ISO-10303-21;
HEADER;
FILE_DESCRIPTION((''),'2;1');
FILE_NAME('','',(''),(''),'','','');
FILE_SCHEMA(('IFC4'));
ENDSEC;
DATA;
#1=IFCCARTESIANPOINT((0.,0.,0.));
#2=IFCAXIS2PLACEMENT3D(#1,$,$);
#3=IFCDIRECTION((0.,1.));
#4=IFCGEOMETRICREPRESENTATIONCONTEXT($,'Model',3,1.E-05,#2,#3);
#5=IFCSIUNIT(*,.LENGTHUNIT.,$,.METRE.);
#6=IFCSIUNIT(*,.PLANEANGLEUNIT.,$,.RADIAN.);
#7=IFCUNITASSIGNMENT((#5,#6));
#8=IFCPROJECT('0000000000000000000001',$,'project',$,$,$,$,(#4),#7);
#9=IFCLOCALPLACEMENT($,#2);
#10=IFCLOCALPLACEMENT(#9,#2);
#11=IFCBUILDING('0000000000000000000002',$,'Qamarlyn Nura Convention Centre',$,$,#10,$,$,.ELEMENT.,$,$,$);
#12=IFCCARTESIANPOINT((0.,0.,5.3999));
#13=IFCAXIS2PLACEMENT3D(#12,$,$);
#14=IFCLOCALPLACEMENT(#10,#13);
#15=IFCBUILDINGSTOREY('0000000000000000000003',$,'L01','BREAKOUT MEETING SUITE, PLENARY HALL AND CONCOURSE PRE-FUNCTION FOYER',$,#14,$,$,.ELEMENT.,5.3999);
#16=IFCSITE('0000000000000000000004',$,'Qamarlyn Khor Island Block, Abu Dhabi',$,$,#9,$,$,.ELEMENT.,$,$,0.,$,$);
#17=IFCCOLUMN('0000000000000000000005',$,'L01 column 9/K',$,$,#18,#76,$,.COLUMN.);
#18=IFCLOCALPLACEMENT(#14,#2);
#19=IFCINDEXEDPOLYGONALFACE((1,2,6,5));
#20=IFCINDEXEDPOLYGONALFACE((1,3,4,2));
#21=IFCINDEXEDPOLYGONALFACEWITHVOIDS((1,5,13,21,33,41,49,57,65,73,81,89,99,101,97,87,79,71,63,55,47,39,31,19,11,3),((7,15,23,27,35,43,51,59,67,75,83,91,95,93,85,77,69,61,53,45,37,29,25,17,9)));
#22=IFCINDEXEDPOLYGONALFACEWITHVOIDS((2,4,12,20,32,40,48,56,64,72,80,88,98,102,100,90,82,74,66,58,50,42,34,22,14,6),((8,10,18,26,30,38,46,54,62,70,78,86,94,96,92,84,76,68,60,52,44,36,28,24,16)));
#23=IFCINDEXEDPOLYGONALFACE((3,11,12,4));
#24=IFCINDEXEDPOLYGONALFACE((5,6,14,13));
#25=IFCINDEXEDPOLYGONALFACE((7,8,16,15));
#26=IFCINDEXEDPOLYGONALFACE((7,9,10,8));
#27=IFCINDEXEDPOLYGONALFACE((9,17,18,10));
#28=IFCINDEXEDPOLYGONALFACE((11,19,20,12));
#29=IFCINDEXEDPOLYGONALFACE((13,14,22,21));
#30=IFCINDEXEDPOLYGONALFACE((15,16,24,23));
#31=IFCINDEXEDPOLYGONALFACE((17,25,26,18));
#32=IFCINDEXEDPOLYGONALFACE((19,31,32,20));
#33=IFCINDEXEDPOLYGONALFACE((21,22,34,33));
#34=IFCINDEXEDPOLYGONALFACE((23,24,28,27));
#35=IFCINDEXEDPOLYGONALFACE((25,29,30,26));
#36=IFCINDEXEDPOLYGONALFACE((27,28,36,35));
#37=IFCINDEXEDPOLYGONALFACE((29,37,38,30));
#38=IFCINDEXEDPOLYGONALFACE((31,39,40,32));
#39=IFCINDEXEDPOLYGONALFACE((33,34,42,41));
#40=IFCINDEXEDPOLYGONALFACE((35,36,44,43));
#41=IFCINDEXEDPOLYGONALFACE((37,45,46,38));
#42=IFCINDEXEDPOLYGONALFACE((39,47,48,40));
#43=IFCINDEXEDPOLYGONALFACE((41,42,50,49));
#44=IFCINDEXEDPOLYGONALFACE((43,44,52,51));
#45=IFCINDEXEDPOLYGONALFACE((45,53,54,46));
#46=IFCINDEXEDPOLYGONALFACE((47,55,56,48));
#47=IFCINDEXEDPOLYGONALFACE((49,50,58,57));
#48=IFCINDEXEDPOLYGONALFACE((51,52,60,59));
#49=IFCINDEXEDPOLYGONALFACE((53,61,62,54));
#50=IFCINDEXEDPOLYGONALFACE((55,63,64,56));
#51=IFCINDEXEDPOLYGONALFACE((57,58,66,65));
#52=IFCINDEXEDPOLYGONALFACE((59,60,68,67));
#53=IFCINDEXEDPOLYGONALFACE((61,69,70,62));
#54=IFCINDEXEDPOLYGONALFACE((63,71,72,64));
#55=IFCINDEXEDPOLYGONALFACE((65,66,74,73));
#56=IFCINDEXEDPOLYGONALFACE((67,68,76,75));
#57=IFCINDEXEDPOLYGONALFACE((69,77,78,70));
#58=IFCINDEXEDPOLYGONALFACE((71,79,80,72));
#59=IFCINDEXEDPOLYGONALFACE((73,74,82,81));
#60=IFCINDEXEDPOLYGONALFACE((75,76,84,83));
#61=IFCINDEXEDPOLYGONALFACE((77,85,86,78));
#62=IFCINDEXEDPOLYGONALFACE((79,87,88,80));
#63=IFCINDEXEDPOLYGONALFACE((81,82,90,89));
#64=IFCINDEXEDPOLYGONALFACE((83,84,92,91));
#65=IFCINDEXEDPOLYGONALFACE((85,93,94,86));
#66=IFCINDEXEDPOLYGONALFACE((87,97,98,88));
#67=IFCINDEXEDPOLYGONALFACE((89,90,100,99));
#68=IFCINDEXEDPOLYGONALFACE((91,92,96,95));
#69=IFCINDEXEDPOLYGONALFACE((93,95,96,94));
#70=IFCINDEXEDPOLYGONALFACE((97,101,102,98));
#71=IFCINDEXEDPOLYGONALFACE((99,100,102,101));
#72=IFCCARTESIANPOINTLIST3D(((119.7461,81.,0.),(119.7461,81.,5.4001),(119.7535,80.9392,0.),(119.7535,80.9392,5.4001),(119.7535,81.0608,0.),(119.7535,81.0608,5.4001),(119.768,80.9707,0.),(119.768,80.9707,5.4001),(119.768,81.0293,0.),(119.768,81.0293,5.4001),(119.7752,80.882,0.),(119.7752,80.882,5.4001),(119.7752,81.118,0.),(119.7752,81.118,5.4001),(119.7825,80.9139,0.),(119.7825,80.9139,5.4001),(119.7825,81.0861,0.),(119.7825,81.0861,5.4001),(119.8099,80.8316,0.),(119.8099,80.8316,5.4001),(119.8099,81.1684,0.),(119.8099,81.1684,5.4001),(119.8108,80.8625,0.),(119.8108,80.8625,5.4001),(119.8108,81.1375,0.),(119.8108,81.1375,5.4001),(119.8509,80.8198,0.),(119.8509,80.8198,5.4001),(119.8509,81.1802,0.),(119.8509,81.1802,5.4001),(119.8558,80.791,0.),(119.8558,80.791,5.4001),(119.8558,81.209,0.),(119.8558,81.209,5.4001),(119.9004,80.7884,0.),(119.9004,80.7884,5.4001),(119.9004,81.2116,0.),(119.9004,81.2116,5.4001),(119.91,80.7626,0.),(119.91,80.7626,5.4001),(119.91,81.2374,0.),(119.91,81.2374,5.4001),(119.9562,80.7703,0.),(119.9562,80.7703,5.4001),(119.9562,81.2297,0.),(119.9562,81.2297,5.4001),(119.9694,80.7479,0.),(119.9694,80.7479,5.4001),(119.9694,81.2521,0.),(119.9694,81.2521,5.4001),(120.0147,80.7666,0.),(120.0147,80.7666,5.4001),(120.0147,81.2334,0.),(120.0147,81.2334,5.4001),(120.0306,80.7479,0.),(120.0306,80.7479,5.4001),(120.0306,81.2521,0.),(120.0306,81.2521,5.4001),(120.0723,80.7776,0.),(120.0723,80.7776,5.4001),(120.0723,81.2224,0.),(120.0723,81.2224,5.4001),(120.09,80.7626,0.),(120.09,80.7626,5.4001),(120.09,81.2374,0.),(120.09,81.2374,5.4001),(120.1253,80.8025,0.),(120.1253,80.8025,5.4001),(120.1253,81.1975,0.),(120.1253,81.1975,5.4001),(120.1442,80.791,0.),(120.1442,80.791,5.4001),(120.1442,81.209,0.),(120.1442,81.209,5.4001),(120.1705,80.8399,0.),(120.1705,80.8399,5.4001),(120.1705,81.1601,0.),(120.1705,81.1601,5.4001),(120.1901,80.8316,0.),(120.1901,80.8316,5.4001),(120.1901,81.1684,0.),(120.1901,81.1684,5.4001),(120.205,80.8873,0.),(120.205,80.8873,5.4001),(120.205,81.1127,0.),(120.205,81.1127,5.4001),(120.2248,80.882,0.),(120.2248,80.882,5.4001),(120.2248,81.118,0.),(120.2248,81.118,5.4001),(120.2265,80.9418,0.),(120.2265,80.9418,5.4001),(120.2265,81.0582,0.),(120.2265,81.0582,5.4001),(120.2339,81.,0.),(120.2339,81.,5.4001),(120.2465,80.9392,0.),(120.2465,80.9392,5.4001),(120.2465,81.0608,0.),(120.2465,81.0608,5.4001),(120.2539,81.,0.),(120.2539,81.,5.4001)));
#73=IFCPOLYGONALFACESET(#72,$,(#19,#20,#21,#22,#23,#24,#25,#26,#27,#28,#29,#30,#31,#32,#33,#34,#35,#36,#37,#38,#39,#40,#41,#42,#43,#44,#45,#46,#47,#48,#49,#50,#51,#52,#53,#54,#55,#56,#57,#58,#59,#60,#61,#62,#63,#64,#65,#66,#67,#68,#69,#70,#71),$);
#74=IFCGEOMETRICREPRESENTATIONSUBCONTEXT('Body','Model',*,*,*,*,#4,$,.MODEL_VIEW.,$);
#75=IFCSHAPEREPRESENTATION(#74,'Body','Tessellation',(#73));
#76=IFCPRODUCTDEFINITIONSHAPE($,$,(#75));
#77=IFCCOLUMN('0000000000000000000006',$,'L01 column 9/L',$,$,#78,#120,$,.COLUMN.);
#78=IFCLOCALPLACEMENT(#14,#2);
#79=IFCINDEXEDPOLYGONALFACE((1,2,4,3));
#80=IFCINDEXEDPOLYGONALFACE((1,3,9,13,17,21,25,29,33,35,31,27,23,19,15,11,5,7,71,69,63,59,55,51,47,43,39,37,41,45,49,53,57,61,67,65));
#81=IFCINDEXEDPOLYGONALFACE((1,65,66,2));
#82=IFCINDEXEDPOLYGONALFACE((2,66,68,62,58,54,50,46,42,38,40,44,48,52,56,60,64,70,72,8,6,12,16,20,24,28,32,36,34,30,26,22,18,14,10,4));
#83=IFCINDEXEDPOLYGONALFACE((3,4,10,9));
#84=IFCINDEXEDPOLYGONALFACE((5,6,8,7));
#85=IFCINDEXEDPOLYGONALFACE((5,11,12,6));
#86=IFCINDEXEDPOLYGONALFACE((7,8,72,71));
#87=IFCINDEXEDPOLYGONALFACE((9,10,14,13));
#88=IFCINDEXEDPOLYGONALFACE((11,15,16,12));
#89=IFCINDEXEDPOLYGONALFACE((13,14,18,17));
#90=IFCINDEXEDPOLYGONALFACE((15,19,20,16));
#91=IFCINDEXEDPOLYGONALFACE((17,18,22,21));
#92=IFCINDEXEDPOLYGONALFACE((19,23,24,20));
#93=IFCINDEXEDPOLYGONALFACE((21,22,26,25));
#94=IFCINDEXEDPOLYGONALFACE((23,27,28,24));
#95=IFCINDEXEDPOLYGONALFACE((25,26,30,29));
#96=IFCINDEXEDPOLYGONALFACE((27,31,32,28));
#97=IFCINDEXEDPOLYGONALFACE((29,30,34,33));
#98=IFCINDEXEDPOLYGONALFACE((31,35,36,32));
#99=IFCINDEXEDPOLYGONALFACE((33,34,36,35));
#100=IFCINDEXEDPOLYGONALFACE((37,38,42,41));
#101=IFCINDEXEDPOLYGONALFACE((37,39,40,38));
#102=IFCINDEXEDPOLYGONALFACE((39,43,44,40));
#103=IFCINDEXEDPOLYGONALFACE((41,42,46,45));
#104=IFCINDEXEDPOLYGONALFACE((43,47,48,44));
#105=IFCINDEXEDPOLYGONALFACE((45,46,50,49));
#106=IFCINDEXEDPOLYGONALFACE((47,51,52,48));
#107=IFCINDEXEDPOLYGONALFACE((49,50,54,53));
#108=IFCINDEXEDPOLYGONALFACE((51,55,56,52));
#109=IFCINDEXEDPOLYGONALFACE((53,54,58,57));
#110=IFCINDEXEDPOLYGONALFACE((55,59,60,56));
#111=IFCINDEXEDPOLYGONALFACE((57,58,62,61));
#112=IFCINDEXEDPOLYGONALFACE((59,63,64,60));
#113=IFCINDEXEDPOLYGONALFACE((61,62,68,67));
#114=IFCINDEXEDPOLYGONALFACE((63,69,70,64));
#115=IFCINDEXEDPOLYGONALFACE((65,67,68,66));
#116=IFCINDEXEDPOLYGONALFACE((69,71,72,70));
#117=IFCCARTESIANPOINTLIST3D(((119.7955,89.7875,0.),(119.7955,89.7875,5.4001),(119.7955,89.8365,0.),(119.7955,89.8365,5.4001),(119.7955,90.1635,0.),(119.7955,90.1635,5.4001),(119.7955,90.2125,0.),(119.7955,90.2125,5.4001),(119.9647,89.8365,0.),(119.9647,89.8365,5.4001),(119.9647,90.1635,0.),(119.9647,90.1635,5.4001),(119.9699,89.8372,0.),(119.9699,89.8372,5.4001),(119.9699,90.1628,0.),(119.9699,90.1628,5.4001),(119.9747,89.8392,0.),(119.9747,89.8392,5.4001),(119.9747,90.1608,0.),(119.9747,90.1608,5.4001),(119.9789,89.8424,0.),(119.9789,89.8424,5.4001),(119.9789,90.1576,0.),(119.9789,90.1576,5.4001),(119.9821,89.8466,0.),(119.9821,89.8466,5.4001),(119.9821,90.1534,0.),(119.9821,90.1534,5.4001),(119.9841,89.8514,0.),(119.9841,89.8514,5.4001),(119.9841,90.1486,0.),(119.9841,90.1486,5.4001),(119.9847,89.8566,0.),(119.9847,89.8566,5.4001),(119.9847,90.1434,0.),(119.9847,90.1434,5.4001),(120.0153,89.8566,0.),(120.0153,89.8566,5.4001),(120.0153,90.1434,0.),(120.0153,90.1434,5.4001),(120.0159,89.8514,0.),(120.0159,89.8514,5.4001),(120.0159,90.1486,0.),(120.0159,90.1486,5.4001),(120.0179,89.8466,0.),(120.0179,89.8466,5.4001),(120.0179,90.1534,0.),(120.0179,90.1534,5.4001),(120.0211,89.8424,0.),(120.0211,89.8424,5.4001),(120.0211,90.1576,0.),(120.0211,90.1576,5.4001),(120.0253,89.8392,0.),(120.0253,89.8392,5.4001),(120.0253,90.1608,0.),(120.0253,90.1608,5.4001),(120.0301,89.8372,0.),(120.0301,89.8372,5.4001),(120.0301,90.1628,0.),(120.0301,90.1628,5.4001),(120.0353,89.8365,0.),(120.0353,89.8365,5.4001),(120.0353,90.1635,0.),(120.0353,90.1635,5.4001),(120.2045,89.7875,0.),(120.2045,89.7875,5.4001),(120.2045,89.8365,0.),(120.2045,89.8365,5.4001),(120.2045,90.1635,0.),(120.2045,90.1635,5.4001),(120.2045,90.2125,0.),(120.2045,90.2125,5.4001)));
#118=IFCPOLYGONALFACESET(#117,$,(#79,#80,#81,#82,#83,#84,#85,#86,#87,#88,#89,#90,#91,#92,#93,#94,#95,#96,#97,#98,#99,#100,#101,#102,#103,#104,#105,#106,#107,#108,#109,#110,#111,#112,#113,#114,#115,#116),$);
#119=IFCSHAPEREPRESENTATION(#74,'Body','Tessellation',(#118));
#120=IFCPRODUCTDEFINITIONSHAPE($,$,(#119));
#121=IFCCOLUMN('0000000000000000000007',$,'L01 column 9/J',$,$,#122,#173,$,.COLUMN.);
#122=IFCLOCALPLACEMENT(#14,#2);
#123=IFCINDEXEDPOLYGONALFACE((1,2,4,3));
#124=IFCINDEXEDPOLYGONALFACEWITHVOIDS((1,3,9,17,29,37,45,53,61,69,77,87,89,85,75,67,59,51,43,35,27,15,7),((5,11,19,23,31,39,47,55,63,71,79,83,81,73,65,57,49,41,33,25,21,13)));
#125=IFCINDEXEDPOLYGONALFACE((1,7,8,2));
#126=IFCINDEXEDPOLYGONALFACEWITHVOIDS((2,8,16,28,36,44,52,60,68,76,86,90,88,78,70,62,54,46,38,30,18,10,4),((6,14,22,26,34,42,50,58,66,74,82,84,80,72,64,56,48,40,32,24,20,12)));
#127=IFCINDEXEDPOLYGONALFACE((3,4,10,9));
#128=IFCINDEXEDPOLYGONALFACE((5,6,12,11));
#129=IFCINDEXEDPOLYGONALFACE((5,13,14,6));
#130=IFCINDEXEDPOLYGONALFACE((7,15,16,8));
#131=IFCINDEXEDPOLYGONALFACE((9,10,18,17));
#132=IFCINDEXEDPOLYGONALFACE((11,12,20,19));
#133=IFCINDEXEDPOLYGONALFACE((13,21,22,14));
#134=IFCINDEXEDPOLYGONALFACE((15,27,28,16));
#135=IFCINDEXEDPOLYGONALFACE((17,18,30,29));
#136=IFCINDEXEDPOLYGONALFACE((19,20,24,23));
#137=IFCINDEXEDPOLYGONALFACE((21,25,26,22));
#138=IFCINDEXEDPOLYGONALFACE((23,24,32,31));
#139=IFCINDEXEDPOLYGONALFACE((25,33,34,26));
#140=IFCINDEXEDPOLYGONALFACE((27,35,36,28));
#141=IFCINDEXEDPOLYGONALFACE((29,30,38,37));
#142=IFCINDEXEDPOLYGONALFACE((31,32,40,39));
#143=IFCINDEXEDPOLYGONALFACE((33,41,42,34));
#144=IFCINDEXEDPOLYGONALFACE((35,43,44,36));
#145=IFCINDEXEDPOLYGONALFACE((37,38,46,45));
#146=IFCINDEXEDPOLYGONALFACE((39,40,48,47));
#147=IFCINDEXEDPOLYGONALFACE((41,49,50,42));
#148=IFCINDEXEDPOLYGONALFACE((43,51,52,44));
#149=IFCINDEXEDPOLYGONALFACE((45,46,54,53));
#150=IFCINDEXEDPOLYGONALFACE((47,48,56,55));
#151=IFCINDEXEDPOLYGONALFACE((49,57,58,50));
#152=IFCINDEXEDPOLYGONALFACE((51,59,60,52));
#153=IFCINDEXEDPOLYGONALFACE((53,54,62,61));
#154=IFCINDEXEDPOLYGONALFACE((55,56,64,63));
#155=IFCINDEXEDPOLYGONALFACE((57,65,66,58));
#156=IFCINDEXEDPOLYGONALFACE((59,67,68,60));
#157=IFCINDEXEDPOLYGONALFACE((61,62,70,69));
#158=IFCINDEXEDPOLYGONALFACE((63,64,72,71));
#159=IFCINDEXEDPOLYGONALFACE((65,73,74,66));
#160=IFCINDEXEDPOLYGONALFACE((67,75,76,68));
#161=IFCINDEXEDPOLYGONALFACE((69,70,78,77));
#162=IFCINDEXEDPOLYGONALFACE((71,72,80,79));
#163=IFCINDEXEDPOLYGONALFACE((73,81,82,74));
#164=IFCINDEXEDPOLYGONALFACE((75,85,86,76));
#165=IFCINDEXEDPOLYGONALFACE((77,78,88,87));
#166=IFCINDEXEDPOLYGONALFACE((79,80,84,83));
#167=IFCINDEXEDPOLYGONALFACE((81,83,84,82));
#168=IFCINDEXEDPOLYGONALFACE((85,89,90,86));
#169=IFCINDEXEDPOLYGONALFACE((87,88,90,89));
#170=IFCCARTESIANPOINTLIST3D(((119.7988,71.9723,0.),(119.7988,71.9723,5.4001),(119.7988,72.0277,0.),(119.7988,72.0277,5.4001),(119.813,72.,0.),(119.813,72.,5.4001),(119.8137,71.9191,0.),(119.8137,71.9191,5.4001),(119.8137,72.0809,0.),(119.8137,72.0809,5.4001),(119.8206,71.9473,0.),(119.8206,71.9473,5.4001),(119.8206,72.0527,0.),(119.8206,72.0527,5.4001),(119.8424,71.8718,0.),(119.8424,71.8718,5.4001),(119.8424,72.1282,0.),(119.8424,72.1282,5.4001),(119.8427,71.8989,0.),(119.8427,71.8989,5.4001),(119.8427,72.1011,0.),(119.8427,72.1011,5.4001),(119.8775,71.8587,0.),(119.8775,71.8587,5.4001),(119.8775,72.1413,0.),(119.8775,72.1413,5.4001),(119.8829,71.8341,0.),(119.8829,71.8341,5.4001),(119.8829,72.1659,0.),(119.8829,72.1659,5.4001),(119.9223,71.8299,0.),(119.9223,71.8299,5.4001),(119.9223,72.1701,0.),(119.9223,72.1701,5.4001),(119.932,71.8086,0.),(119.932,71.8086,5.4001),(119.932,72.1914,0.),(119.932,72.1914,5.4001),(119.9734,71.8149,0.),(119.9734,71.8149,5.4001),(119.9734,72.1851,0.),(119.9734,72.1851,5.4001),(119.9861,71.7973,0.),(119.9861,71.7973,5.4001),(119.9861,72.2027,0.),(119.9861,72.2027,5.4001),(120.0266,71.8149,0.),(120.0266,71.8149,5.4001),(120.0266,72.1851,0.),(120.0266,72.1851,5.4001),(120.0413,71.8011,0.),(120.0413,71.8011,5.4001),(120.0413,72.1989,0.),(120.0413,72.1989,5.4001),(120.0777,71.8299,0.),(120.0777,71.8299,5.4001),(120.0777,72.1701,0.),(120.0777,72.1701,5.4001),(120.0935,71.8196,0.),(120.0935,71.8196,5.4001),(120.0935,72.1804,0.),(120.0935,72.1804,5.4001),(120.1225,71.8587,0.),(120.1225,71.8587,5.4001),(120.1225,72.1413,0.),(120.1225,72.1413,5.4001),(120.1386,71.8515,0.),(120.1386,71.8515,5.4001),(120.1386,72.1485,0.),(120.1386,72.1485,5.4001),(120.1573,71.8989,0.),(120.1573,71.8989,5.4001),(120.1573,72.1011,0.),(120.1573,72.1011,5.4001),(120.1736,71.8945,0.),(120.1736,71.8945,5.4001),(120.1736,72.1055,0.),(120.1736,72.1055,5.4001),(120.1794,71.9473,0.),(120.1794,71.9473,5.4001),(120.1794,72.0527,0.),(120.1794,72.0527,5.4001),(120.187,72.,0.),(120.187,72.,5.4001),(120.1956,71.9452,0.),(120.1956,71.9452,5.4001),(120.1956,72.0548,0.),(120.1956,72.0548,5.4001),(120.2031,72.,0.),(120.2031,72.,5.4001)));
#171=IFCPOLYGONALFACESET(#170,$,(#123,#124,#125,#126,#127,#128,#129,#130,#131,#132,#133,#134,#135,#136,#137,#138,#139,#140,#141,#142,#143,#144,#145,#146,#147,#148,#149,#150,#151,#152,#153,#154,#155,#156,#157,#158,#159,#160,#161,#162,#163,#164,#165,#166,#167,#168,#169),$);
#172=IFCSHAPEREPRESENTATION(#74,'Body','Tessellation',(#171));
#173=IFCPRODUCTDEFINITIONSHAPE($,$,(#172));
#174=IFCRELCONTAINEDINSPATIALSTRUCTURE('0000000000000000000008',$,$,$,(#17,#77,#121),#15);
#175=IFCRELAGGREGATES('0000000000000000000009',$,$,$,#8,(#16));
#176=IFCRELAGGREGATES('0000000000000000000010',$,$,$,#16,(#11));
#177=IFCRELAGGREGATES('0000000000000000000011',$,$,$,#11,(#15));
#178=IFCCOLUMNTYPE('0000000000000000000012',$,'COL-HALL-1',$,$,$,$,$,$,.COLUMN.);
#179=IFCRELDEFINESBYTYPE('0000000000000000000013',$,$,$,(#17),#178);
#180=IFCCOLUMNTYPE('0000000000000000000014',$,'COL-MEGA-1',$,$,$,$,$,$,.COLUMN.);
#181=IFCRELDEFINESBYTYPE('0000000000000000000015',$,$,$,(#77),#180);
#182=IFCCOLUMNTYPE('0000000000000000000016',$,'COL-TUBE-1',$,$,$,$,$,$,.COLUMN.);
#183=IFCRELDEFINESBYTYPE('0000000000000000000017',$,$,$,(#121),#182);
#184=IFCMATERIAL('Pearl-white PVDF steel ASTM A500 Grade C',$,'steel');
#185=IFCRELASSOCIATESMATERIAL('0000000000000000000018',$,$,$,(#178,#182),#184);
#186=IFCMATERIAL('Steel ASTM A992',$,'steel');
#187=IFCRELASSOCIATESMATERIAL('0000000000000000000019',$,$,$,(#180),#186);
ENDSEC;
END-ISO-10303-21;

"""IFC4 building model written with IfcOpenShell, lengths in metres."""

from ifc_helpers import new_model, si_unit, direction, frame, origin, origin_2d, place, context, subcontext, project, spatial, hollow_circle, i_section, extrude, material, material_profile, profile_set, type_object, element, save


model = new_model("IFC4")

# Units and contexts
model_context = context("Model", 3, precision=1e-05, world=origin(), true_north=direction((0.0, 1.0)))
body_context = subcontext(model_context, "Body", "Model", "MODEL_VIEW")
ifc_project = project(units=[si_unit("LENGTHUNIT", "METRE"), si_unit("PLANEANGLEUNIT", "RADIAN")], contexts=[model_context])

# Site, building, storey
site_placement = place(None, origin())
site = spatial("IfcSite", under=ifc_project, at=site_placement, Name="Qamarlyn Khor Island Block, Abu Dhabi", CompositionType="ELEMENT", RefElevation=0.0)
building_placement = place(site_placement, origin())
building = spatial("IfcBuilding", under=site, at=building_placement, Name="Qamarlyn Nura Convention Centre", CompositionType="ELEMENT")
storey_placement = place(building_placement, frame((0.0, 0.0, 5.3999)))
storey = spatial("IfcBuildingStorey", under=building, at=storey_placement, Name="L01", Description="BREAKOUT MEETING SUITE, PLENARY HALL AND CONCOURSE PRE-FUNCTION FOYER", CompositionType="ELEMENT", Elevation=5.3999)

# Columns
ifc_material_1 = material(Name="Pearl-white PVDF steel ASTM A500 Grade C", Category="steel")
ifc_material_profile_1 = material_profile(ifc_material_1, hollow_circle(Radius=0.2539, WallThickness=0.02, at=origin_2d()), Name="CHS508X20")
ifc_profile_set_1 = profile_set([ifc_material_profile_1], Name="Pearl-white PVDF steel ASTM A500 Grade C")
column_type_1 = type_object("IfcColumnType", Name="COL-HALL-1", PredefinedType="COLUMN", material=ifc_profile_set_1)
column_1_placement = place(storey_placement, frame((120.0, 81.0, 0.0), z_axis=(0.0, 0.0, 1.0), x_axis=(1.0, 0.0, 0.0)))
element("IfcColumn", 1, at=column_1_placement, inside=storey, type_object=column_type_1, Name="L01 column 9/K", PredefinedType="COLUMN", context=body_context, shape_type="SweptSolid", body=[
    extrude(hollow_circle(Radius=0.2539, WallThickness=0.02, at=origin_2d()), origin(), (0.0, 0.0, 1.0), 5.4001),
])
ifc_material_2 = material(Name="Steel ASTM A992", Category="steel")
ifc_material_profile_2 = material_profile(ifc_material_2, i_section(OverallWidth=0.4089, OverallDepth=0.425, WebThickness=0.0305, FlangeThickness=0.0491, FilletRadius=0.02, at=origin_2d()), Name="W360X421")
ifc_profile_set_2 = profile_set([ifc_material_profile_2], Name="Steel ASTM A992")
column_type_2 = type_object("IfcColumnType", Name="COL-MEGA-1", PredefinedType="COLUMN", material=ifc_profile_set_2)
column_2_placement = place(storey_placement, frame((120.0, 90.0, 0.0), z_axis=(0.0, 0.0, 1.0), x_axis=(1.0, 0.0, 0.0)))
element("IfcColumn", 2, at=column_2_placement, inside=storey, type_object=column_type_2, Name="L01 column 9/L", PredefinedType="COLUMN", context=body_context, shape_type="SweptSolid", body=[
    extrude(i_section(OverallWidth=0.4089, OverallDepth=0.425, WebThickness=0.0305, FlangeThickness=0.0491, FilletRadius=0.02, at=origin_2d()), origin(), (0.0, 0.0, 1.0), 5.4001),
])
ifc_material_profile_3 = material_profile(ifc_material_1, hollow_circle(Radius=0.2031, WallThickness=0.0161, at=origin_2d()), Name="CHS406.4X16")
ifc_profile_set_3 = profile_set([ifc_material_profile_3], Name="Pearl-white PVDF steel ASTM A500 Grade C")
column_type_3 = type_object("IfcColumnType", Name="COL-TUBE-1", PredefinedType="COLUMN", material=ifc_profile_set_3)
column_3_placement = place(storey_placement, frame((120.0, 72.0, 0.0), z_axis=(0.0, 0.0, 1.0), x_axis=(1.0, 0.0, 0.0)))
element("IfcColumn", 3, at=column_3_placement, inside=storey, type_object=column_type_3, Name="L01 column 9/J", PredefinedType="COLUMN", context=body_context, shape_type="SweptSolid", body=[
    extrude(hollow_circle(Radius=0.2031, WallThickness=0.0161, at=origin_2d()), origin(), (0.0, 0.0, 1.0), 5.4001),
])

save(model, "model.ifc")
